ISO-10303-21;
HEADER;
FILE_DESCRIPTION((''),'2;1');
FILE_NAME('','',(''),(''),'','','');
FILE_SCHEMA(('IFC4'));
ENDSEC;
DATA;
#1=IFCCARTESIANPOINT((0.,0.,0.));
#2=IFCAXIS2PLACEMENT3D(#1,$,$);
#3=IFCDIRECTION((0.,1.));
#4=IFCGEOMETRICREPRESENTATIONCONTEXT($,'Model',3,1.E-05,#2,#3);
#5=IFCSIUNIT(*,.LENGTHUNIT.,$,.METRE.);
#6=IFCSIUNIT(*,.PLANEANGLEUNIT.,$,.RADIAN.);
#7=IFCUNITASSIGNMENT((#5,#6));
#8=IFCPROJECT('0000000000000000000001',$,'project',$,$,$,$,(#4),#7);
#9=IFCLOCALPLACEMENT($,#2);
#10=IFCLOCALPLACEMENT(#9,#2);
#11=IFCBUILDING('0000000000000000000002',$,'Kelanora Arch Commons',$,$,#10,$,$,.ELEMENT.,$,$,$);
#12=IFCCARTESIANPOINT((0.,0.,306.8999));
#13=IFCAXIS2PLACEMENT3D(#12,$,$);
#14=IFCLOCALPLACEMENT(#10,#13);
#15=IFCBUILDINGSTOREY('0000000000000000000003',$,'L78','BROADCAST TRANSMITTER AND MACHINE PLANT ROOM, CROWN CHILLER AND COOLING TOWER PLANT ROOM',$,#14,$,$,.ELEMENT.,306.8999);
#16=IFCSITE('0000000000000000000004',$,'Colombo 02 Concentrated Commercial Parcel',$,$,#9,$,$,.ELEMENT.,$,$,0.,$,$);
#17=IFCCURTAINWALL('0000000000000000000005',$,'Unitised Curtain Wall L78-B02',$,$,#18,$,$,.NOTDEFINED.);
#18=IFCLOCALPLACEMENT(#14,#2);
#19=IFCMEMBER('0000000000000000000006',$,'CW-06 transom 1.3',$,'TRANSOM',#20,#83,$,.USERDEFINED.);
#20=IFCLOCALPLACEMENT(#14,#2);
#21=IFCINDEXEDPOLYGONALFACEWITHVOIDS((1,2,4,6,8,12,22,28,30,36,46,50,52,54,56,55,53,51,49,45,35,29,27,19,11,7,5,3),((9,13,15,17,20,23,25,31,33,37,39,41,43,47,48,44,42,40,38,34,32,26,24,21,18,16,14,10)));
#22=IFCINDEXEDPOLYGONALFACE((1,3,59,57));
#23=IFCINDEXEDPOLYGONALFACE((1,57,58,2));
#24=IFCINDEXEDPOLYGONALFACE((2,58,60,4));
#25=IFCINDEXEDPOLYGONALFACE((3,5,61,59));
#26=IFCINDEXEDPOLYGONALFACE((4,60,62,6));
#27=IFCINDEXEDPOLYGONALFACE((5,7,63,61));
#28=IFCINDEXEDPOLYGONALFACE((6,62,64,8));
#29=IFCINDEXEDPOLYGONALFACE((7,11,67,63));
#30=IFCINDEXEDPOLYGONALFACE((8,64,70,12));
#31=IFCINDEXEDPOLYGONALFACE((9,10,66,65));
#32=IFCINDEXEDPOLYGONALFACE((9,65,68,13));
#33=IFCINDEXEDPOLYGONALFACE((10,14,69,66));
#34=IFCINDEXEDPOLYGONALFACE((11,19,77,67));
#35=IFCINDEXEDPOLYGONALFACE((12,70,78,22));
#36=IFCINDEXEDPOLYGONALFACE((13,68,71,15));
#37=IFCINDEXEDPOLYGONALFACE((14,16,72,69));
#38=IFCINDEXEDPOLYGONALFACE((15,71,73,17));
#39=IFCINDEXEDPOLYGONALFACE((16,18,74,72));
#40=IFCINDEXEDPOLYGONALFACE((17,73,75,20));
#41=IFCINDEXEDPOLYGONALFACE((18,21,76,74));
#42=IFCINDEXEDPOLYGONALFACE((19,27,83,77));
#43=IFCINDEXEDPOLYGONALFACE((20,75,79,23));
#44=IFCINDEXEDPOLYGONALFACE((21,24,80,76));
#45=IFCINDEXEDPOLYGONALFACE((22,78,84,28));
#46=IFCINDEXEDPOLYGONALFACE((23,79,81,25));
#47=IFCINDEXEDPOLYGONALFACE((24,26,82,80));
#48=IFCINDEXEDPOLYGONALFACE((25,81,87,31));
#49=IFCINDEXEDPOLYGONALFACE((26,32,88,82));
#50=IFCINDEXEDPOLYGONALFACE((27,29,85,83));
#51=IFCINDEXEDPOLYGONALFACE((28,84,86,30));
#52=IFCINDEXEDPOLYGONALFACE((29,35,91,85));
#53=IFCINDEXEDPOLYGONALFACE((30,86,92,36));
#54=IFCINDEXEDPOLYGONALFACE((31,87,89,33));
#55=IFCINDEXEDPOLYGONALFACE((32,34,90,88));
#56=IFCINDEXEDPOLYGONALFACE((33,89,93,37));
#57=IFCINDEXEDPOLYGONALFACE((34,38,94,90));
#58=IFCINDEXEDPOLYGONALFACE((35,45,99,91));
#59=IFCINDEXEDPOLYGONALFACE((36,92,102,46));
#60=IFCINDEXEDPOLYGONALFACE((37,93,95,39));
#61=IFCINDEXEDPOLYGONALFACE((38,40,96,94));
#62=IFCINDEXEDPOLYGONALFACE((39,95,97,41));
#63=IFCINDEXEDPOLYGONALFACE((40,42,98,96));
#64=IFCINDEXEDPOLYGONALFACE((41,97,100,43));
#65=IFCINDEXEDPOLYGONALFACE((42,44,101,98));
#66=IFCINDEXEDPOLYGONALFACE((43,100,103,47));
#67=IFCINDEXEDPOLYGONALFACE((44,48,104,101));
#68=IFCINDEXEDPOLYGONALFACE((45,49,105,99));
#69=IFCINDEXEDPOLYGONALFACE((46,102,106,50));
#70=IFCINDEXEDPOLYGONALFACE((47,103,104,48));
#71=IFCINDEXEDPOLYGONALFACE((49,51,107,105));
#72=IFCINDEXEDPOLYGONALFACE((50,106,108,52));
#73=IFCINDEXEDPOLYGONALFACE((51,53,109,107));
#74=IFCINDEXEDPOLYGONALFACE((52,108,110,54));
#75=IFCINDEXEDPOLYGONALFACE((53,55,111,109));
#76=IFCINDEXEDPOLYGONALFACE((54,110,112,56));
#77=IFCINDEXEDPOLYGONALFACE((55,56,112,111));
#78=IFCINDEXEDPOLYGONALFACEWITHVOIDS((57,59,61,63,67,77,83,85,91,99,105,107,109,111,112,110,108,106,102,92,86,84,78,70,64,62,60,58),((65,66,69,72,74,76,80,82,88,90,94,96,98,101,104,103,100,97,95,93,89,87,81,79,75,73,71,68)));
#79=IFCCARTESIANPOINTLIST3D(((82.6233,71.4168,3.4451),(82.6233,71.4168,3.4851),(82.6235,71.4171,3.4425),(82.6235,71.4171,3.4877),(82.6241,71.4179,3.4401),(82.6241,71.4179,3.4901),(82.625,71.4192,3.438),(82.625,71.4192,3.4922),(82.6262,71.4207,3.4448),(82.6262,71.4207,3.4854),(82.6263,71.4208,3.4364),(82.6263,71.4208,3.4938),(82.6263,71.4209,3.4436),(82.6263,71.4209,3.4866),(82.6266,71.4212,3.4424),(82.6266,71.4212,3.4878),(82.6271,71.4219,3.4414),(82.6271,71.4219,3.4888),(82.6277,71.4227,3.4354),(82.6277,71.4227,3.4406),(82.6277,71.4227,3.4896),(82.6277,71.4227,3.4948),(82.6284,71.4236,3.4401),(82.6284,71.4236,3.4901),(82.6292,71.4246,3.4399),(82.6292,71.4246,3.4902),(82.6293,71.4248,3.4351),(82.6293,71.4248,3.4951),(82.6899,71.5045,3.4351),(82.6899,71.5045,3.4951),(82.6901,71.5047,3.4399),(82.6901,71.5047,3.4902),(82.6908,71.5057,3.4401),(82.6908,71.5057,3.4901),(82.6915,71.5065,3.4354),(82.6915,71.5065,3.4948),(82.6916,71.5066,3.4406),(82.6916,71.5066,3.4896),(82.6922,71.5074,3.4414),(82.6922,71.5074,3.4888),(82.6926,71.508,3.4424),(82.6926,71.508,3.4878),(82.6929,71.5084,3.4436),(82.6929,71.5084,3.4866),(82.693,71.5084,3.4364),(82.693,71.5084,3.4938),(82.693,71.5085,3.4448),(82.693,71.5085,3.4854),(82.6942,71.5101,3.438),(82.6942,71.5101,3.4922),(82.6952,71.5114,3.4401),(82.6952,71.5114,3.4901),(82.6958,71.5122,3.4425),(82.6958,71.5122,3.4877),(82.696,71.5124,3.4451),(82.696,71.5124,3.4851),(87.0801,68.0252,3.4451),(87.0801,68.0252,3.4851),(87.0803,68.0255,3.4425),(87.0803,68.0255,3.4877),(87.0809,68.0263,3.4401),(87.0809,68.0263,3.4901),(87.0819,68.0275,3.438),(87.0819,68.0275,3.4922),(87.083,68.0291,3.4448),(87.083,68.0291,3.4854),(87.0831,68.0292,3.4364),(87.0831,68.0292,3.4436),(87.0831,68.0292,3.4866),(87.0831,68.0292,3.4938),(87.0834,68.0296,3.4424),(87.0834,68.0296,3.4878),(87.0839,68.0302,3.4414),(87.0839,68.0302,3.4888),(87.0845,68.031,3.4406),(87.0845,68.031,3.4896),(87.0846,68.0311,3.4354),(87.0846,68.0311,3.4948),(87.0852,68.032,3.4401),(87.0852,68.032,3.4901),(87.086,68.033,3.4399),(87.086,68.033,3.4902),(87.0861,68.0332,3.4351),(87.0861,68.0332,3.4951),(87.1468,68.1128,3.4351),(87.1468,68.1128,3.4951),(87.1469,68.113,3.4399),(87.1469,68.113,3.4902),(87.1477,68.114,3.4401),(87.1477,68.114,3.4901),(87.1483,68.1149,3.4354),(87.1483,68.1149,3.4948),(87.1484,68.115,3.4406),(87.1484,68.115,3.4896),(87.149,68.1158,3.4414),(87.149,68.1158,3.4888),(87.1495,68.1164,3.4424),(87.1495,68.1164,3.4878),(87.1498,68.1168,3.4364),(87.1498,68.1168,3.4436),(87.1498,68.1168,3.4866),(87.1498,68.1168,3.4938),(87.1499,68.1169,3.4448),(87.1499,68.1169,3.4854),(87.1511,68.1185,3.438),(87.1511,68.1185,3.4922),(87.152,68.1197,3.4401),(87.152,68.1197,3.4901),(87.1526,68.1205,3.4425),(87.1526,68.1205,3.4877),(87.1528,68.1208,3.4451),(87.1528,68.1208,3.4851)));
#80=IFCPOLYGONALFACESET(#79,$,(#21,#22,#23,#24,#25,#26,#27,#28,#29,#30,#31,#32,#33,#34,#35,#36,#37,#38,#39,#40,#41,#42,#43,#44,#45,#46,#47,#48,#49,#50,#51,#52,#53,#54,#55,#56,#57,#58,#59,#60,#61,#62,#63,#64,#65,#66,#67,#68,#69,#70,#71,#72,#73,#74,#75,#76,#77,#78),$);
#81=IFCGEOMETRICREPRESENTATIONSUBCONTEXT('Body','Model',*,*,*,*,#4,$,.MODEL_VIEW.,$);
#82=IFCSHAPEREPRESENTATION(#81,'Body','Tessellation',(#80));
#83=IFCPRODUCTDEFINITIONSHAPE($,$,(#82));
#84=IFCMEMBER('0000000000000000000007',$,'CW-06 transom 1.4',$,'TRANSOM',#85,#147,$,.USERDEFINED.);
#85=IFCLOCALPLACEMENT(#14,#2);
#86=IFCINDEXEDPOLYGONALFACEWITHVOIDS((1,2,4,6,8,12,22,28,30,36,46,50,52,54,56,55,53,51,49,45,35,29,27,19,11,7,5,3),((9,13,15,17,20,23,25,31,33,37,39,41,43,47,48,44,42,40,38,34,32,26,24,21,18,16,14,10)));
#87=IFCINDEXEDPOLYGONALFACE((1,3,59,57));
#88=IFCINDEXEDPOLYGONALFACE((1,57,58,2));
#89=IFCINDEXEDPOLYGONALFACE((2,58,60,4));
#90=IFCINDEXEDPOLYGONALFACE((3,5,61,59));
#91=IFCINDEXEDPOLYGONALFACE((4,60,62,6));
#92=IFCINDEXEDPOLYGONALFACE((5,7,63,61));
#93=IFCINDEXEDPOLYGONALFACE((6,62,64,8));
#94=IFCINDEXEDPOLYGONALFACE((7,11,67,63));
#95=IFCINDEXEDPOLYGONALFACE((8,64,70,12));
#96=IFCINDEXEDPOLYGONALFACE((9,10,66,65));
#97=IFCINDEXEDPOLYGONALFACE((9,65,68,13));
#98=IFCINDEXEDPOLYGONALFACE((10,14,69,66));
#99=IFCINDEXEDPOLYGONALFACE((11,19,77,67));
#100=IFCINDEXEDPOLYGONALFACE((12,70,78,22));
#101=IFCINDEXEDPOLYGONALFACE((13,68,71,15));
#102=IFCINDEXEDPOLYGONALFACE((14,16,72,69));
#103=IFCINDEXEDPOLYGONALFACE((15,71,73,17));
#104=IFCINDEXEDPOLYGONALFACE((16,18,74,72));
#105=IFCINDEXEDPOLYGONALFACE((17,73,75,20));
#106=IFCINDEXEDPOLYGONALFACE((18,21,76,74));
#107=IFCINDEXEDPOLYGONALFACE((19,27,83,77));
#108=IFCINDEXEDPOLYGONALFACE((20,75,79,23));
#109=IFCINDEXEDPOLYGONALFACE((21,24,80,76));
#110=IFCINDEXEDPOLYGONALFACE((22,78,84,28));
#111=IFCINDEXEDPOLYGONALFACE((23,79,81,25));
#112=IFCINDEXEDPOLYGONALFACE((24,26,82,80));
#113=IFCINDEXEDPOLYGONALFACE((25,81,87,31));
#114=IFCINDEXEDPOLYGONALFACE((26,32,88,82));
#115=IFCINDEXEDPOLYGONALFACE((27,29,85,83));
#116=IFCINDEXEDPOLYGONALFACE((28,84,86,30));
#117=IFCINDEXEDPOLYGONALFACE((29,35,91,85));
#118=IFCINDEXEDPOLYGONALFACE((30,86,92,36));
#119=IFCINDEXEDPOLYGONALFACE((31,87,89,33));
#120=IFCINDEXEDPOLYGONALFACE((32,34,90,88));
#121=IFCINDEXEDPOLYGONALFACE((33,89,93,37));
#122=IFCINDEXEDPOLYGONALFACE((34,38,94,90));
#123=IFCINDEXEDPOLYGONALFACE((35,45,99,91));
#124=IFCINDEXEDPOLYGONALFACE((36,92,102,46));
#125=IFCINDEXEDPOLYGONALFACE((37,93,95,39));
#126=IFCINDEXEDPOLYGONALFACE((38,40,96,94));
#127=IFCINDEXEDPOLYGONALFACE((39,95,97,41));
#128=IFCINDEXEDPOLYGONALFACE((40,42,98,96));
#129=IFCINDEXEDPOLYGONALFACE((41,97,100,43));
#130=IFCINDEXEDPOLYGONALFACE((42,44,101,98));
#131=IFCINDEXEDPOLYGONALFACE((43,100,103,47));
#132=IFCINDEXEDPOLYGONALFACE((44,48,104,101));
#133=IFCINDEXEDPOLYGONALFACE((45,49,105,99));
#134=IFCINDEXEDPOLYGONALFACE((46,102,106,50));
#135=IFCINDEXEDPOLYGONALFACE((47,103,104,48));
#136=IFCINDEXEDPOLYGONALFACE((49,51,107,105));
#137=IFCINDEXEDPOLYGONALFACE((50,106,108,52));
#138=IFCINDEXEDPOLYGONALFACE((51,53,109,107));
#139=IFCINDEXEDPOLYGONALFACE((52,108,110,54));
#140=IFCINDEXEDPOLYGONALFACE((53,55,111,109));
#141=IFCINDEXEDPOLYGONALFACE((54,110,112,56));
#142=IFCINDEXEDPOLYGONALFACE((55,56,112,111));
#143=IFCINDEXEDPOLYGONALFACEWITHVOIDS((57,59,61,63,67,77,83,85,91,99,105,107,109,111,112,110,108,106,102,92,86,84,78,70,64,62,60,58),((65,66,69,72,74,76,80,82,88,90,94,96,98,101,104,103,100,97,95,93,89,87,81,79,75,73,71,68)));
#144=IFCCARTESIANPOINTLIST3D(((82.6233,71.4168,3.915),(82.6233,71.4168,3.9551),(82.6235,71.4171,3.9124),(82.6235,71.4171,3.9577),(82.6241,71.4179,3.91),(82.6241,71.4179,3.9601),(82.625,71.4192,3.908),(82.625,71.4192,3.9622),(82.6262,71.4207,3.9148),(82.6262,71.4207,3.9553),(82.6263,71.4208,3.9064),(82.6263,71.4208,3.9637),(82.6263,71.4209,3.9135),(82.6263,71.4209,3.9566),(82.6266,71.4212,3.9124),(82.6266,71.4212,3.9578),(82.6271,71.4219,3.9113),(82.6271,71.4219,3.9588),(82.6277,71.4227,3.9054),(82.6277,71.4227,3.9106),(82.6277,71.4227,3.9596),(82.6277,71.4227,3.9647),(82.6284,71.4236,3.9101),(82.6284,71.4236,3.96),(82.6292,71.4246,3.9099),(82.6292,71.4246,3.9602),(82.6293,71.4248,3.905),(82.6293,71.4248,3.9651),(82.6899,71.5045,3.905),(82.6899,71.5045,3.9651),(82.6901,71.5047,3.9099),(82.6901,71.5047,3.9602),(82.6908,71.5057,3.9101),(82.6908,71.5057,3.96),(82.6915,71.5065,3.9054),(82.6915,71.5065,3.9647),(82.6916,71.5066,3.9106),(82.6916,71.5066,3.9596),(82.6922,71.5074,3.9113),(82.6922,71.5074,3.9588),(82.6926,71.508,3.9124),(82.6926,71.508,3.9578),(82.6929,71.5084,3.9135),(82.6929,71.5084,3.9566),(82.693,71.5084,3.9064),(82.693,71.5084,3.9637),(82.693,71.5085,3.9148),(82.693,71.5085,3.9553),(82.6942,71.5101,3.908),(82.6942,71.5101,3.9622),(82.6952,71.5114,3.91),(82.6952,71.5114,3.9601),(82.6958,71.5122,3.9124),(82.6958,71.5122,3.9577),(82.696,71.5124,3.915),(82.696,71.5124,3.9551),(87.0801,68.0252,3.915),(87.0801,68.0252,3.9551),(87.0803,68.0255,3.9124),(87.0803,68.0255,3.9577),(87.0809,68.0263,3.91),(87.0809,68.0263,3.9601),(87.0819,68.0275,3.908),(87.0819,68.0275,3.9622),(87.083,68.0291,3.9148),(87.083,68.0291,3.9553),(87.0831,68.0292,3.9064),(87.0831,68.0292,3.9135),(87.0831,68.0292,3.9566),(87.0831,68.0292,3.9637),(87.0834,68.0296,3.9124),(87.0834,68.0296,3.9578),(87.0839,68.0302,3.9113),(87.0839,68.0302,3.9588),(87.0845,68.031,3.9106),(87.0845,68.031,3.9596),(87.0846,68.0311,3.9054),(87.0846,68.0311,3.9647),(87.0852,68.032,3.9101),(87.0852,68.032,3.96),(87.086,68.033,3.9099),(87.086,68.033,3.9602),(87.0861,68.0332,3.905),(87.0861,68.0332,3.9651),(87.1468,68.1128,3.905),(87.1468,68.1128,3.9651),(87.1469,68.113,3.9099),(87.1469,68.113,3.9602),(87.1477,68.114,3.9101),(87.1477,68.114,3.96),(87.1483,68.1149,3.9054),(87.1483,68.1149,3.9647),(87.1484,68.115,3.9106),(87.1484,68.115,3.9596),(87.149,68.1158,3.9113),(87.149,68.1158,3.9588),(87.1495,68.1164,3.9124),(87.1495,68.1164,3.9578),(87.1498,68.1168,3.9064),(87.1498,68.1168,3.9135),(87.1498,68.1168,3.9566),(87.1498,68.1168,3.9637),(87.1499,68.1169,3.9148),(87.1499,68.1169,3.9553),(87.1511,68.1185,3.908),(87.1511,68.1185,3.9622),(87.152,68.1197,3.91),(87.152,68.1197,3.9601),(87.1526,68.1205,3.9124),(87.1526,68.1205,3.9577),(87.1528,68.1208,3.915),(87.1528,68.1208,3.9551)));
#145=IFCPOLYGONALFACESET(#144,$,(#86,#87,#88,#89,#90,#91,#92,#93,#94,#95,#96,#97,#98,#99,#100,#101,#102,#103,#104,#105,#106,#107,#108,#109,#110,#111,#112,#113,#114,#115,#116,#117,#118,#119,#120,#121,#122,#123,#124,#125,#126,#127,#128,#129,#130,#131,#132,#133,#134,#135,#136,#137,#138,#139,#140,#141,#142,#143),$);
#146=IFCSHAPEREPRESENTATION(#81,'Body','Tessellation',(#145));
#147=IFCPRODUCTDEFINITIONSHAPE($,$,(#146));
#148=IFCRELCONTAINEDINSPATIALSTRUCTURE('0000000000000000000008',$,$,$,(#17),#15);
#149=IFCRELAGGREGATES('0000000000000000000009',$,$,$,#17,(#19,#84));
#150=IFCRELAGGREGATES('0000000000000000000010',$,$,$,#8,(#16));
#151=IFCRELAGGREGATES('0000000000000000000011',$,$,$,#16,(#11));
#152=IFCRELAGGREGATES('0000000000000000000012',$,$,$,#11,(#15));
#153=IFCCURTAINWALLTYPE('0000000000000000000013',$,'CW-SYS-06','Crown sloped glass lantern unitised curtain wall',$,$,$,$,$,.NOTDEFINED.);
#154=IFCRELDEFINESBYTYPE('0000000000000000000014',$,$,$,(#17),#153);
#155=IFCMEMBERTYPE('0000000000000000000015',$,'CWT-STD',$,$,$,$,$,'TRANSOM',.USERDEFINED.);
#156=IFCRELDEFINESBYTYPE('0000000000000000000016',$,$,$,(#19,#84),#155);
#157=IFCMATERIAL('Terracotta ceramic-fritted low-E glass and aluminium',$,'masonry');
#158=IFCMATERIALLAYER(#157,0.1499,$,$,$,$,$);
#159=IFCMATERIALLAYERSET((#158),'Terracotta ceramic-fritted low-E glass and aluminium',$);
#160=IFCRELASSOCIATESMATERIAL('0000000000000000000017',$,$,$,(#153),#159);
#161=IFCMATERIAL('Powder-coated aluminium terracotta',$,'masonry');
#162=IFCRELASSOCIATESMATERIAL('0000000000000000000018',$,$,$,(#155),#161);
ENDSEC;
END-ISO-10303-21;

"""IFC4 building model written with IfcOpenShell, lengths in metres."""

from ifc_helpers import new_model, si_unit, direction, frame, origin, origin_2d, place, context, subcontext, project, spatial, hollow_rectangle, extrude, material, layer, layer_set, material_profile, profile_set, type_object, element, aggregate, save


model = new_model("IFC4")

# Units and contexts
model_context = context("Model", 3, precision=1e-05, world=origin(), true_north=direction((0.0, 1.0)))
body_context = subcontext(model_context, "Body", "Model", "MODEL_VIEW")
ifc_project = project(units=[si_unit("LENGTHUNIT", "METRE"), si_unit("PLANEANGLEUNIT", "RADIAN")], contexts=[model_context])

# Site, building, storey
site_placement = place(None, origin())
site = spatial("IfcSite", under=ifc_project, at=site_placement, Name="Colombo 02 Concentrated Commercial Parcel", CompositionType="ELEMENT", RefElevation=0.0)
building_placement = place(site_placement, origin())
building = spatial("IfcBuilding", under=site, at=building_placement, Name="Kelanora Arch Commons", CompositionType="ELEMENT")
storey_placement = place(building_placement, frame((0.0, 0.0, 306.8999)))
storey = spatial("IfcBuildingStorey", under=building, at=storey_placement, Name="L78", Description="BROADCAST TRANSMITTER AND MACHINE PLANT ROOM, CROWN CHILLER AND COOLING TOWER PLANT ROOM", CompositionType="ELEMENT", Elevation=306.8999)

# Shared definitions
ifc_material_1 = material(Name="Terracotta ceramic-fritted low-E glass and aluminium", Category="masonry")
ifc_layer_1 = layer(ifc_material_1, 0.1499)
ifc_layer_set_1 = layer_set([ifc_layer_1], Name="Terracotta ceramic-fritted low-E glass and aluminium")
curtain_wall_type = type_object("IfcCurtainWallType", Name="CW-SYS-06", Description="Crown sloped glass lantern unitised curtain wall", PredefinedType="NOTDEFINED", material=ifc_layer_set_1)
ifc_material_2 = material(Name="Powder-coated aluminium terracotta", Category="masonry")

# Curtain wall
curtain_wall_1_placement = place(storey_placement, origin())
curtain_wall_1 = element("IfcCurtainWall", 1, at=curtain_wall_1_placement, inside=storey, type_object=curtain_wall_type, Name="Unitised Curtain Wall L78-B02", PredefinedType="NOTDEFINED")

# Members
ifc_material_profile_1 = material_profile(ifc_material_2, hollow_rectangle(XDim=0.1201, YDim=0.0601, WallThickness=0.0049, InnerFilletRadius=0.0049, OuterFilletRadius=0.01, at=origin_2d()), Name="CWT120x60")
ifc_profile_set_1 = profile_set([ifc_material_profile_1], Name="Powder-coated aluminium terracotta")
member_type_1 = type_object("IfcMemberType", Name="CWT-STD", ElementType="TRANSOM", PredefinedType="USERDEFINED", material=ifc_profile_set_1)
member_1_placement = place(storey_placement, frame((87.1165, 68.073, 3.4651), z_axis=(-0.79578, 0.605586, 0.0), x_axis=(-0.605586, -0.79578, 0.0)))
member_1 = element("IfcMember", 2, at=member_1_placement, type_object=member_type_1, Name="CW-06 transom 1.3", ObjectType="TRANSOM", PredefinedType="USERDEFINED", context=body_context, shape_type="SweptSolid", body=[
    extrude(hollow_rectangle(XDim=0.1201, YDim=0.0601, WallThickness=0.0049, InnerFilletRadius=0.0049, OuterFilletRadius=0.01, at=origin_2d()), origin(), (0.0, 0.0, 1.0), 5.6006),
])
member_2_placement = place(storey_placement, frame((87.1165, 68.073, 3.9351), z_axis=(-0.79578, 0.605586, 0.0), x_axis=(-0.605586, -0.79578, 0.0)))
member_2 = element("IfcMember", 3, at=member_2_placement, type_object=member_type_1, Name="CW-06 transom 1.4", ObjectType="TRANSOM", PredefinedType="USERDEFINED", context=body_context, shape_type="SweptSolid", body=[
    extrude(hollow_rectangle(XDim=0.1201, YDim=0.0601, WallThickness=0.0049, InnerFilletRadius=0.0049, OuterFilletRadius=0.01, at=origin_2d()), origin(), (0.0, 0.0, 1.0), 5.6006),
])

aggregate(curtain_wall_1, [member_1, member_2])

save(model, "model.ifc")
